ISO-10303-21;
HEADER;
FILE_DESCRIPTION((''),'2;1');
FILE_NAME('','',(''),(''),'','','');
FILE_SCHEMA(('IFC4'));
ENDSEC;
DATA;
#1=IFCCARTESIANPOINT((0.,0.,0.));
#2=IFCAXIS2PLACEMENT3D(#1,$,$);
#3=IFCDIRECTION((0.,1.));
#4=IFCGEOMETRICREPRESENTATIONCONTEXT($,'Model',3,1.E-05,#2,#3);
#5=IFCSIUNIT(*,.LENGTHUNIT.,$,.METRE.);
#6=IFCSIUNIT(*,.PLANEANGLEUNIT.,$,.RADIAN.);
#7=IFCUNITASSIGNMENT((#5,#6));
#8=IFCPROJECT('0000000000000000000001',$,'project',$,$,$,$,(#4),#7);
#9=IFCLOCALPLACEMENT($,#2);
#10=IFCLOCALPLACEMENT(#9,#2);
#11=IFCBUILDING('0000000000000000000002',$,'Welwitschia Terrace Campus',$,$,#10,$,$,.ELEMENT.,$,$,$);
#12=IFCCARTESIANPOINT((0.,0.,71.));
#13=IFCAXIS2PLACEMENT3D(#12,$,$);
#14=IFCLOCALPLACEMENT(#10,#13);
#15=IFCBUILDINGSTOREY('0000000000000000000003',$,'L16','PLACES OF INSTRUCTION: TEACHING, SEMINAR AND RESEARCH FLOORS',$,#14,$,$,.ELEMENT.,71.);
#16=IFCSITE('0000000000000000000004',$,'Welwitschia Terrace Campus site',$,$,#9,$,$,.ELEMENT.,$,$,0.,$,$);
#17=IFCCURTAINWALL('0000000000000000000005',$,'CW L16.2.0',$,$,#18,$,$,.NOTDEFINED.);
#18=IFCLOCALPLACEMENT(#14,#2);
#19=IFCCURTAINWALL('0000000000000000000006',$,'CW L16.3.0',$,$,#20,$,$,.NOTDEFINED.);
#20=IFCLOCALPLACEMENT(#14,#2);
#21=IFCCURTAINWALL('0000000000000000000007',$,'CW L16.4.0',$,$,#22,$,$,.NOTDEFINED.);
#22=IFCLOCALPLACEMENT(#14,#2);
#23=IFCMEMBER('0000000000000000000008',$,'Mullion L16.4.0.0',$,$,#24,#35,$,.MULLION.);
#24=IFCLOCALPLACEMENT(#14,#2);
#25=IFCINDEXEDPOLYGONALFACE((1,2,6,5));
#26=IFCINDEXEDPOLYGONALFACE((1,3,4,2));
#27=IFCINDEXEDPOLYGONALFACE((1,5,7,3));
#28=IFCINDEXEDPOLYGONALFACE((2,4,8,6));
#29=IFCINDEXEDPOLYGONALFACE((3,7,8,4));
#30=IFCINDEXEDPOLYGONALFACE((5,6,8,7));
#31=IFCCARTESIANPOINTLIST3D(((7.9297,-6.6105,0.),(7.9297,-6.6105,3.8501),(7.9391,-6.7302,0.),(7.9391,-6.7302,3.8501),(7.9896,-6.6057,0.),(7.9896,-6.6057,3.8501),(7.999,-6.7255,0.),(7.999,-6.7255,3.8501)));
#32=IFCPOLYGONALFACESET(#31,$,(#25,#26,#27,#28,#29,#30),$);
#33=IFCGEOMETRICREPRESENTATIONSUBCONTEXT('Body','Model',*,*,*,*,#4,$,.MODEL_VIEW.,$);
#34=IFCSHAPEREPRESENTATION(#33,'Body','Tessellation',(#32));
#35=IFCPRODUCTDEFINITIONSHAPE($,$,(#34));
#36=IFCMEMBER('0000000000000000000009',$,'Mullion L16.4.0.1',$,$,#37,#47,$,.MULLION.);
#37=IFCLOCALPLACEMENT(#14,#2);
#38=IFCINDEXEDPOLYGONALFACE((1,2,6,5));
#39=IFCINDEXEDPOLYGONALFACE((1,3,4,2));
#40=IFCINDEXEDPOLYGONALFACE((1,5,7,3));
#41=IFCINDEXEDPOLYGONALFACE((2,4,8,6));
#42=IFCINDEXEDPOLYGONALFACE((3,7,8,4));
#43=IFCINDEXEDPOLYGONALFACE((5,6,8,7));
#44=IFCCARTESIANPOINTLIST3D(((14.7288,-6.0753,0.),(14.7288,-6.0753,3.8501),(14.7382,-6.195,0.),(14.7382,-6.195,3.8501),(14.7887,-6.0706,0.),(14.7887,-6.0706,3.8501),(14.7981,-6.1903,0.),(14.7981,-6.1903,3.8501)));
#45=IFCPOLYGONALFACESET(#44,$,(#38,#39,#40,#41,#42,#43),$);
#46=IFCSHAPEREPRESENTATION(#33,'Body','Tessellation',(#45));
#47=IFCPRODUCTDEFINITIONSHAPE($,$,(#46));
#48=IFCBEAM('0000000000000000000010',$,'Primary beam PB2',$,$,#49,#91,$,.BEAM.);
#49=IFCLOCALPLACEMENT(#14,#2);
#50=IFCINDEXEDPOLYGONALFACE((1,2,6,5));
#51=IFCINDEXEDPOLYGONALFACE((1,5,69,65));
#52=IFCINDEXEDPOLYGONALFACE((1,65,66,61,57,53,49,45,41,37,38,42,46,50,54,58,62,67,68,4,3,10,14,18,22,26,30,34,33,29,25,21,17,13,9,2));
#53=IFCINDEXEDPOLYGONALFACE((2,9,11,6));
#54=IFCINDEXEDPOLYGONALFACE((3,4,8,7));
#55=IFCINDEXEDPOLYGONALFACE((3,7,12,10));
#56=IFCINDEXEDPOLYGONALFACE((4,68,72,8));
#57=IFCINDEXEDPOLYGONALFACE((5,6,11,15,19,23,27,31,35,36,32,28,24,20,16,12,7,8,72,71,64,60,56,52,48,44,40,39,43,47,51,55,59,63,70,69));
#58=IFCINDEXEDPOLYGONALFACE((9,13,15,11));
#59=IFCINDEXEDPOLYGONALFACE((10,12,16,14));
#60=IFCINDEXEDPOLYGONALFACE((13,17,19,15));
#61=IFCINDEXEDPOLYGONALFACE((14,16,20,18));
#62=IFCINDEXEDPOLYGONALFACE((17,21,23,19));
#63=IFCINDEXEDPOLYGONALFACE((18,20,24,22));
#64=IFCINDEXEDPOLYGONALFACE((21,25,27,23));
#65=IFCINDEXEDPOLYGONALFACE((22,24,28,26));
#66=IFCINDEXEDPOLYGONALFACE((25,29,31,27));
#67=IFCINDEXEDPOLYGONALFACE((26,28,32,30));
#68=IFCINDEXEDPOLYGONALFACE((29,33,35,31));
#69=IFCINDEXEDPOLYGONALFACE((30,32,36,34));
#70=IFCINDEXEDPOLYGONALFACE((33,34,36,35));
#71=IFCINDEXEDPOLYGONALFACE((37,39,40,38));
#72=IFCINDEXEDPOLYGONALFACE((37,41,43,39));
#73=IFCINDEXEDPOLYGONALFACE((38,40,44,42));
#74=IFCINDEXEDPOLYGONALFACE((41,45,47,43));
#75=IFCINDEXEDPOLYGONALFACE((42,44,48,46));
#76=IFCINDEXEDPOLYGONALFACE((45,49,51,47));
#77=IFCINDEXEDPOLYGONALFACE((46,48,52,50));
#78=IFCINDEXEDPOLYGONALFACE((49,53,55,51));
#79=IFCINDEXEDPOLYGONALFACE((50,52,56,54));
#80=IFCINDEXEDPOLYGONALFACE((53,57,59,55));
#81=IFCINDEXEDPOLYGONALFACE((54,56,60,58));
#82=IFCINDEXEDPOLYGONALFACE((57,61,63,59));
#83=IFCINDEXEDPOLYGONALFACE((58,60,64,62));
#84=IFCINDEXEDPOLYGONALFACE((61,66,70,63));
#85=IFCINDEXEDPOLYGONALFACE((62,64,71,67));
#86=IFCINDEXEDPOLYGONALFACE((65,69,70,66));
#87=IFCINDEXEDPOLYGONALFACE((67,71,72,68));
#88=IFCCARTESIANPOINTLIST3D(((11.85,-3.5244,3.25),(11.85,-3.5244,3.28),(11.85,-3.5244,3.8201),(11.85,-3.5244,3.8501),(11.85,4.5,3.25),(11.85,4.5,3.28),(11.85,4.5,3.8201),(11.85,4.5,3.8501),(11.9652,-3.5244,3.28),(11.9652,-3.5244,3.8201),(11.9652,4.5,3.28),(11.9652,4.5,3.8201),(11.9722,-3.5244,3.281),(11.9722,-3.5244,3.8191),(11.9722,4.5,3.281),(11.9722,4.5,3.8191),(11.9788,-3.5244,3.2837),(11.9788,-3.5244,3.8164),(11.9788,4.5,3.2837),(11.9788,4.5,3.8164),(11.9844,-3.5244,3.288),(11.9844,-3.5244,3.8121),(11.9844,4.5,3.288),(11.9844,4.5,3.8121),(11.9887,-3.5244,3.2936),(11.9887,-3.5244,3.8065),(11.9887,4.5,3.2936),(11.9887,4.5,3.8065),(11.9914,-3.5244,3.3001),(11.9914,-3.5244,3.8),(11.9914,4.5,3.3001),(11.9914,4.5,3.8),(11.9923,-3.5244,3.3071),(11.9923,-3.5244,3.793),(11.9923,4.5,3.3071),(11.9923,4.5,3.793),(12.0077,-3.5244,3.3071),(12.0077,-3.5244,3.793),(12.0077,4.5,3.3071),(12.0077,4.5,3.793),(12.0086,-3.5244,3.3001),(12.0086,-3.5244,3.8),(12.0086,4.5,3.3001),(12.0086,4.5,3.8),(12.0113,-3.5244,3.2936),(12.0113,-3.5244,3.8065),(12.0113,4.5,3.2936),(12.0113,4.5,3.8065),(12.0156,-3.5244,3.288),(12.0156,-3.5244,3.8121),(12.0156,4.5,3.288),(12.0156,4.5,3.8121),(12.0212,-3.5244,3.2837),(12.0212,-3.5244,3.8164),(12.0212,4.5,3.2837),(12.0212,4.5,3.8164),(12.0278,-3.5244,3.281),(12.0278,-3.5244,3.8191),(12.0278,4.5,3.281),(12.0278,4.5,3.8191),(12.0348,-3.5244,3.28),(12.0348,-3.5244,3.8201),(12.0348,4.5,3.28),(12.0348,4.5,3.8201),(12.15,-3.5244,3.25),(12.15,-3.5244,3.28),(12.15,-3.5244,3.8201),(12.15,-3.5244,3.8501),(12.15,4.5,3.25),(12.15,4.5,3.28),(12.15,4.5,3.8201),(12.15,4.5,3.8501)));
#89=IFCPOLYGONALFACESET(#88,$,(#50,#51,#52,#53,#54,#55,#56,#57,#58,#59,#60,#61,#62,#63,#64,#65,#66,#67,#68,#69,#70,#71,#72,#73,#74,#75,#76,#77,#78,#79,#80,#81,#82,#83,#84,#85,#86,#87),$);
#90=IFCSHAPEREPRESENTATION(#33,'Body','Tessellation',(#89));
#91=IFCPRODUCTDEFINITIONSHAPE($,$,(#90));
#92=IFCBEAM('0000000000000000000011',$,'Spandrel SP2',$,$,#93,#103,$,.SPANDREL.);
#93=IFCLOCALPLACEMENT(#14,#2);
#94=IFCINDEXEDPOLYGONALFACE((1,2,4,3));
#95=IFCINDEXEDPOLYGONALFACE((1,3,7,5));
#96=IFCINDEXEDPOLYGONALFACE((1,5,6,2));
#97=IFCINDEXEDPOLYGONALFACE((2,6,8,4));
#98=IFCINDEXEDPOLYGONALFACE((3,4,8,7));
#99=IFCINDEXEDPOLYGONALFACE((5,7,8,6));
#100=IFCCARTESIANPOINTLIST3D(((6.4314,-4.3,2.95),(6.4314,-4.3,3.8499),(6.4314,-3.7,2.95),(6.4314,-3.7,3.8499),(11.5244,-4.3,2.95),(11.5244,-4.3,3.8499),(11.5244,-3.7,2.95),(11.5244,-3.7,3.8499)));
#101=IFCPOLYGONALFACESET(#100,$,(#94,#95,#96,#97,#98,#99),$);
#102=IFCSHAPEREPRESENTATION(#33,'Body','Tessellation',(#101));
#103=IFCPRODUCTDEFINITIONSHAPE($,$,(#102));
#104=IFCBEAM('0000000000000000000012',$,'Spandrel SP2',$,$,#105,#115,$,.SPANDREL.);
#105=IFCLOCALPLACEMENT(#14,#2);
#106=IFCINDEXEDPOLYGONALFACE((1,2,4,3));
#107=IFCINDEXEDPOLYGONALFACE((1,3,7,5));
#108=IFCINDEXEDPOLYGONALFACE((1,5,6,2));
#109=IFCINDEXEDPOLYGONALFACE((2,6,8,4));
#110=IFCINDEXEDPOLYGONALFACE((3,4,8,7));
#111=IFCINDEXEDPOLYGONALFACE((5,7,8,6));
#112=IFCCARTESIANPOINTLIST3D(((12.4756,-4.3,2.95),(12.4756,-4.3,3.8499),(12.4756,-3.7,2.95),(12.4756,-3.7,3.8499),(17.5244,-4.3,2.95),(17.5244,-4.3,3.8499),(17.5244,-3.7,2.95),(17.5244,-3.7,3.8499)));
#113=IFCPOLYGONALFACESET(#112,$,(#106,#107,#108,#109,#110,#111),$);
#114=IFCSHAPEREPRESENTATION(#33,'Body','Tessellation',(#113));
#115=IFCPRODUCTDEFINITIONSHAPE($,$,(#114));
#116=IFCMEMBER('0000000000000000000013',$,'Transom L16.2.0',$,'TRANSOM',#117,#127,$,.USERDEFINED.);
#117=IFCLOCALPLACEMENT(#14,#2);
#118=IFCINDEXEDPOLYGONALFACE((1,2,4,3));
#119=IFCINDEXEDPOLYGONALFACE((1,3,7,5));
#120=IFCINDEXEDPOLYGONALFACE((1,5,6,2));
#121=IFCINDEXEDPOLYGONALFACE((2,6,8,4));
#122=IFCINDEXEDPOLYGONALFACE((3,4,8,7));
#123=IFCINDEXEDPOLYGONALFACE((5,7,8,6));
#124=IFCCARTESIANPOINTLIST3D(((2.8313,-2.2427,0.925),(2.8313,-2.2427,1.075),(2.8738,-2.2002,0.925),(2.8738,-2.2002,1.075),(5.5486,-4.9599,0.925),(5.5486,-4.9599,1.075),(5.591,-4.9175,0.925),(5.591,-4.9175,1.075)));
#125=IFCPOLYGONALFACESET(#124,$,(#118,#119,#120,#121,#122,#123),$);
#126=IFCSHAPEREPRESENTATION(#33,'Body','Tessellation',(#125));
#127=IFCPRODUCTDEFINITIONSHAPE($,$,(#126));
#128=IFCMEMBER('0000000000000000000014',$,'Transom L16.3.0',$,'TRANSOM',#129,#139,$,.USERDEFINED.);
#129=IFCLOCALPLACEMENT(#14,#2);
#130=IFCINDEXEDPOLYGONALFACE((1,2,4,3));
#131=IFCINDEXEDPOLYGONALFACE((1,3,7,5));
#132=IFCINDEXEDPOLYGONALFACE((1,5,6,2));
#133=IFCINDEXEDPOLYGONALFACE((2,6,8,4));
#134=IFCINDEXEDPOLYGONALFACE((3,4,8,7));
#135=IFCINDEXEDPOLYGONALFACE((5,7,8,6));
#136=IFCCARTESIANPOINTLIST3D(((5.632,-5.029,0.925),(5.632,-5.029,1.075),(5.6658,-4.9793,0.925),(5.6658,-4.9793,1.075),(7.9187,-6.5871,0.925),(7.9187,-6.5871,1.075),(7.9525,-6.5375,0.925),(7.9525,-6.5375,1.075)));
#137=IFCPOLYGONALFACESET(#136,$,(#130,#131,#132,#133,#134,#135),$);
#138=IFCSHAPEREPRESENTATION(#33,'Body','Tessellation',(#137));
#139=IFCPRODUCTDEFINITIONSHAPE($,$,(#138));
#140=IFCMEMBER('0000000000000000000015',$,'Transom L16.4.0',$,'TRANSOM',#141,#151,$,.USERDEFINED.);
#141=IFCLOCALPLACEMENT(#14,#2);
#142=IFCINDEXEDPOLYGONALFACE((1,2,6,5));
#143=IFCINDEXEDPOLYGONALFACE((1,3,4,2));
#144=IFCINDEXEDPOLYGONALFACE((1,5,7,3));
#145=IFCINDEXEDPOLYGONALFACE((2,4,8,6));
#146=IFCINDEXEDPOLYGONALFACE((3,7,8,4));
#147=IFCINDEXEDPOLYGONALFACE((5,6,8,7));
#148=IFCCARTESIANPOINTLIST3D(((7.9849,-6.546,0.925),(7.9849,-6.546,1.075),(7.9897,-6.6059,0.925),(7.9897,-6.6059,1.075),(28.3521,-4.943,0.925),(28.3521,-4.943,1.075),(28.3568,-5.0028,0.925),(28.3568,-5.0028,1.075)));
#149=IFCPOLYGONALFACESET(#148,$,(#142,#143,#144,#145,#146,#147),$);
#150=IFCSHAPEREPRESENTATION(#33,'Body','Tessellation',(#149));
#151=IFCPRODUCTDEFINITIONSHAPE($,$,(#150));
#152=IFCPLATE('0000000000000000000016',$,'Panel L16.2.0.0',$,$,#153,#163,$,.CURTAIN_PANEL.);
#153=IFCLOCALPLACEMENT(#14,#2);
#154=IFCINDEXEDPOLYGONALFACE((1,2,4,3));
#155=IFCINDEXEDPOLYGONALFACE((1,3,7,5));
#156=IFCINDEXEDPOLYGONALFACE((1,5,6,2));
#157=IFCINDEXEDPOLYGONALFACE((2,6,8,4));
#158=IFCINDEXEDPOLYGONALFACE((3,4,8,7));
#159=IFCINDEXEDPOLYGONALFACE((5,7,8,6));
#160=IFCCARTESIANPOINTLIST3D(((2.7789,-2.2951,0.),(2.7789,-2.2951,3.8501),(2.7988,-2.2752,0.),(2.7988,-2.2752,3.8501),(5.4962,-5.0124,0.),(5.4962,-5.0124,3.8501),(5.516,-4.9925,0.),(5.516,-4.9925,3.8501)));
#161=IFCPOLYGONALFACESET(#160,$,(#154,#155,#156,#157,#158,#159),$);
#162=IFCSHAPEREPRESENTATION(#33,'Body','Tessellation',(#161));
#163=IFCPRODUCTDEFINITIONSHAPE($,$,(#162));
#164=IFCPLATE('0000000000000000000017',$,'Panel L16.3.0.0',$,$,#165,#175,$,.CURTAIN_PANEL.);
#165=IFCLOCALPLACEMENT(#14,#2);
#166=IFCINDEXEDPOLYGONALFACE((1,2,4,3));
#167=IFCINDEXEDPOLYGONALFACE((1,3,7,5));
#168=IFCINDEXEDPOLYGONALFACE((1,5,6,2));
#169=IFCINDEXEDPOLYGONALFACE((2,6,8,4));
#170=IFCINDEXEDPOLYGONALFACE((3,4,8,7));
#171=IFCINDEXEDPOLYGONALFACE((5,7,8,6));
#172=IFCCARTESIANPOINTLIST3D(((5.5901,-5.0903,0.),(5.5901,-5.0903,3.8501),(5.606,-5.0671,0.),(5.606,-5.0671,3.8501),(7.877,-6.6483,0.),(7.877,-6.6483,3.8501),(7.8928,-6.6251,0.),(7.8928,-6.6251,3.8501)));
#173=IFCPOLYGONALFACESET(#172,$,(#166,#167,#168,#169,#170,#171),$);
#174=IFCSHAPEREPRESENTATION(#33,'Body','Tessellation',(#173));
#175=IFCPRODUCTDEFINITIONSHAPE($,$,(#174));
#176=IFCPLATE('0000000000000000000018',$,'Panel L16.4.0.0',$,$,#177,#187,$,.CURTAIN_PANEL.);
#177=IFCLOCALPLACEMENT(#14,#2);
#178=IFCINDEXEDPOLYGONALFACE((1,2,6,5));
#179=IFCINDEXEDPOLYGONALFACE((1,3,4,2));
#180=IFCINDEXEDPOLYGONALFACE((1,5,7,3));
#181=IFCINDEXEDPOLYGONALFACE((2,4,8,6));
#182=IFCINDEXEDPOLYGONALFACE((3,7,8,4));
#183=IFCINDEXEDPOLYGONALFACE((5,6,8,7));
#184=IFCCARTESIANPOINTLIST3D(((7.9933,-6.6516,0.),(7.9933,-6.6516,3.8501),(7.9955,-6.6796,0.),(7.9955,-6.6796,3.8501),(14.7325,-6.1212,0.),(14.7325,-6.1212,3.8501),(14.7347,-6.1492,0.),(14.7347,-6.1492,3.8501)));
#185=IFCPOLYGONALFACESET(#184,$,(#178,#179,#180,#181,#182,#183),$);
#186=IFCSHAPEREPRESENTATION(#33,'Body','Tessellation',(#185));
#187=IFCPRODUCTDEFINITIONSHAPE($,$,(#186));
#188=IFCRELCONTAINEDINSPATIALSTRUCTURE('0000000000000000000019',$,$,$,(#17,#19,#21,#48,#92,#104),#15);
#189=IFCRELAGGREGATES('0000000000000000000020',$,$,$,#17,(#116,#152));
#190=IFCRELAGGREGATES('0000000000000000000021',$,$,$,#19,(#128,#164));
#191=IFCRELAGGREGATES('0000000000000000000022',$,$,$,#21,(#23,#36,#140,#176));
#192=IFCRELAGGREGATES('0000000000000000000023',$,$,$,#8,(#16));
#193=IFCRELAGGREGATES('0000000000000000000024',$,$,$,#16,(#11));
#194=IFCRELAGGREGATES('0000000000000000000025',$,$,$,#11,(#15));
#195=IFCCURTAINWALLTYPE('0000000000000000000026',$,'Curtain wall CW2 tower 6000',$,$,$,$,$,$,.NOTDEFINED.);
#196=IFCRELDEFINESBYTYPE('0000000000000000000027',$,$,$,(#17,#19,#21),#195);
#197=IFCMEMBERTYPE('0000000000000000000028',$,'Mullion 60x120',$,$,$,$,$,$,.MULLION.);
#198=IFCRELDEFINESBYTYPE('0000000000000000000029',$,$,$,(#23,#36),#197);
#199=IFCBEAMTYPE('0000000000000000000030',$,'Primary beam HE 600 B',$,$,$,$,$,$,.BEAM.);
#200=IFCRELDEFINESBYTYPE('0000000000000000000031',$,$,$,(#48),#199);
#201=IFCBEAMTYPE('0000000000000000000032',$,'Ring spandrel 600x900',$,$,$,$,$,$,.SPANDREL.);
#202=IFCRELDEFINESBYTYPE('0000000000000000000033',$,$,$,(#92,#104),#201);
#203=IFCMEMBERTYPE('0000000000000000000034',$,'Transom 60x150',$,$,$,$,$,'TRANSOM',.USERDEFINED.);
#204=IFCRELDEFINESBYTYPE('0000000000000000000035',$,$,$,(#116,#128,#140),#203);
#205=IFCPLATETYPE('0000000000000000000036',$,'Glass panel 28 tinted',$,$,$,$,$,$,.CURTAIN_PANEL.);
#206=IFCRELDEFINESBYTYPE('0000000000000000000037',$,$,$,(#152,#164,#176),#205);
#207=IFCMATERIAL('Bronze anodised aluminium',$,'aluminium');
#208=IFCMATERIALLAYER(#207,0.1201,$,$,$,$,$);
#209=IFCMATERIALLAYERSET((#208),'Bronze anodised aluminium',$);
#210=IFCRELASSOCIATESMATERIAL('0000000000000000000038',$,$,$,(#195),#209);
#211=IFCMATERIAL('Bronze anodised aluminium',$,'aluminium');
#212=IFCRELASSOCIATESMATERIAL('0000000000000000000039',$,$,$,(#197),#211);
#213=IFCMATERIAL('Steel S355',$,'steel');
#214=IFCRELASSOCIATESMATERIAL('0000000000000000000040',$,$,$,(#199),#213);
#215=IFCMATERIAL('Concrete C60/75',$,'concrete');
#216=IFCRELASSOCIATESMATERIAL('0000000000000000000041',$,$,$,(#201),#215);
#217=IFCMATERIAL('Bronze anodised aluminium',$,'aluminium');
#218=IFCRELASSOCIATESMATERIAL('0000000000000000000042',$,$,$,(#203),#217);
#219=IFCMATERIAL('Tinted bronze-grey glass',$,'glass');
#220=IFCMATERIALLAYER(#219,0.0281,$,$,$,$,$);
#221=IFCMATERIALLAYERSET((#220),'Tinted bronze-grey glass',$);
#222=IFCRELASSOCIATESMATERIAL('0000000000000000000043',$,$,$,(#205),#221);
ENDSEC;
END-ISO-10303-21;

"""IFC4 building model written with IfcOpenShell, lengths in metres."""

from ifc_helpers import new_model, si_unit, direction, frame, origin, origin_2d, place, context, subcontext, project, spatial, rectangle, i_section, extrude, material, layer, layer_set, material_profile, profile_set, type_object, element, aggregate, save


model = new_model("IFC4")

# Units and contexts
model_context = context("Model", 3, precision=1e-05, world=origin(), true_north=direction((0.0, 1.0)))
body_context = subcontext(model_context, "Body", "Model", "MODEL_VIEW")
ifc_project = project(units=[si_unit("LENGTHUNIT", "METRE"), si_unit("PLANEANGLEUNIT", "RADIAN")], contexts=[model_context])

# Site, building, storey
site_placement = place(None, origin())
site = spatial("IfcSite", under=ifc_project, at=site_placement, Name="Welwitschia Terrace Campus site", CompositionType="ELEMENT", RefElevation=0.0)
building_placement = place(site_placement, origin())
building = spatial("IfcBuilding", under=site, at=building_placement, Name="Welwitschia Terrace Campus", CompositionType="ELEMENT")
storey_placement = place(building_placement, frame((0.0, 0.0, 71.0)))
storey = spatial("IfcBuildingStorey", under=building, at=storey_placement, Name="L16", Description="PLACES OF INSTRUCTION: TEACHING, SEMINAR AND RESEARCH FLOORS", CompositionType="ELEMENT", Elevation=71.0)

# Shared definitions
ifc_material_1 = material(Name="Bronze anodised aluminium", Category="aluminium")
ifc_layer_1 = layer(ifc_material_1, 0.1201)
ifc_layer_set_1 = layer_set([ifc_layer_1], Name="Bronze anodised aluminium")
curtain_wall_type = type_object("IfcCurtainWallType", Name="Curtain wall CW2 tower 6000", PredefinedType="NOTDEFINED", material=ifc_layer_set_1)
ifc_material_2 = material(Name="Bronze anodised aluminium", Category="aluminium")
ifc_material_profile_1 = material_profile(ifc_material_2, rectangle(XDim=0.1201, YDim=0.0601, at=origin_2d()))
ifc_profile_set_1 = profile_set([ifc_material_profile_1], Name="Bronze anodised aluminium")
member_type_1 = type_object("IfcMemberType", Name="Mullion 60x120", PredefinedType="MULLION", material=ifc_profile_set_1)

# Curtain walls, members
curtain_wall_1_placement = place(storey_placement, origin())
curtain_wall_1 = element("IfcCurtainWall", 1, at=curtain_wall_1_placement, inside=storey, type_object=curtain_wall_type, Name="CW L16.2.0", PredefinedType="NOTDEFINED")
curtain_wall_2_placement = place(storey_placement, origin())
curtain_wall_2 = element("IfcCurtainWall", 2, at=curtain_wall_2_placement, inside=storey, type_object=curtain_wall_type, Name="CW L16.3.0", PredefinedType="NOTDEFINED")
curtain_wall_3_placement = place(storey_placement, origin())
curtain_wall_3 = element("IfcCurtainWall", 3, at=curtain_wall_3_placement, inside=storey, type_object=curtain_wall_type, Name="CW L16.4.0", PredefinedType="NOTDEFINED")
member_1_placement = place(storey_placement, frame((7.9644, -6.668, 0.0), z_axis=(0.0, 0.0, 1.0), x_axis=(-0.078459, 0.996917, 0.0)))
member_1 = element("IfcMember", 4, at=member_1_placement, type_object=member_type_1, Name="Mullion L16.4.0.0", PredefinedType="MULLION", context=body_context, shape_type="SweptSolid", body=[
    extrude(rectangle(XDim=0.1201, YDim=0.0601, at=origin_2d()), origin(), (0.0, 0.0, 1.0), 3.8501),
])
member_2_placement = place(storey_placement, frame((14.7634, -6.1328, 0.0), z_axis=(0.0, 0.0, 1.0), x_axis=(-0.078459, 0.996917, 0.0)))
member_2 = element("IfcMember", 5, at=member_2_placement, type_object=member_type_1, Name="Mullion L16.4.0.1", PredefinedType="MULLION", context=body_context, shape_type="SweptSolid", body=[
    extrude(rectangle(XDim=0.1201, YDim=0.0601, at=origin_2d()), origin(), (0.0, 0.0, 1.0), 3.8501),
])

# Beams
ifc_material_3 = material(Name="Steel S355", Category="steel")
ifc_material_profile_2 = material_profile(ifc_material_3, i_section(OverallWidth=0.3, OverallDepth=0.6001, WebThickness=0.0154, FlangeThickness=0.03, FilletRadius=0.0271, at=origin_2d()))
ifc_profile_set_2 = profile_set([ifc_material_profile_2], Name="Steel S355")
beam_type_1 = type_object("IfcBeamType", Name="Primary beam HE 600 B", PredefinedType="BEAM", material=ifc_profile_set_2)
beam_1_placement = place(storey_placement, frame((12.0, -3.5244, 3.55), z_axis=(0.0, 1.0, 0.0), x_axis=(-1.0, 0.0, 0.0)))
element("IfcBeam", 6, at=beam_1_placement, inside=storey, type_object=beam_type_1, Name="Primary beam PB2", PredefinedType="BEAM", context=body_context, shape_type="SweptSolid", body=[
    extrude(i_section(OverallWidth=0.3, OverallDepth=0.6001, WebThickness=0.0154, FlangeThickness=0.03, FilletRadius=0.0271, at=origin_2d()), origin(), (0.0, 0.0, 1.0), 8.0244),
])
ifc_material_4 = material(Name="Concrete C60/75", Category="concrete")
ifc_material_profile_3 = material_profile(ifc_material_4, rectangle(XDim=0.6001, YDim=0.8999, at=origin_2d()))
ifc_profile_set_3 = profile_set([ifc_material_profile_3], Name="Concrete C60/75")
beam_type_2 = type_object("IfcBeamType", Name="Ring spandrel 600x900", PredefinedType="SPANDREL", material=ifc_profile_set_3)
beam_2_placement = place(storey_placement, frame((6.4314, -4.0, 3.3999), z_axis=(1.0, 0.0, 0.0), x_axis=(0.0, 1.0, 0.0)))
element("IfcBeam", 7, at=beam_2_placement, inside=storey, type_object=beam_type_2, Name="Spandrel SP2", PredefinedType="SPANDREL", context=body_context, shape_type="SweptSolid", body=[
    extrude(rectangle(XDim=0.6001, YDim=0.8999, at=origin_2d()), origin(), (0.0, 0.0, 1.0), 5.093),
])
beam_3_placement = place(storey_placement, frame((12.4756, -4.0, 3.3999), z_axis=(1.0, 0.0, 0.0), x_axis=(0.0, 1.0, 0.0)))
element("IfcBeam", 8, at=beam_3_placement, inside=storey, type_object=beam_type_2, Name="Spandrel SP2", PredefinedType="SPANDREL", context=body_context, shape_type="SweptSolid", body=[
    extrude(rectangle(XDim=0.6001, YDim=0.8999, at=origin_2d()), origin(), (0.0, 0.0, 1.0), 5.0488),
])

# Members
ifc_material_5 = material(Name="Bronze anodised aluminium", Category="aluminium")
ifc_material_profile_4 = material_profile(ifc_material_5, rectangle(XDim=0.0601, YDim=0.1499, at=origin_2d()))
ifc_profile_set_4 = profile_set([ifc_material_profile_4], Name="Bronze anodised aluminium")
member_type_2 = type_object("IfcMemberType", Name="Transom 60x150", ElementType="TRANSOM", PredefinedType="USERDEFINED", material=ifc_profile_set_4)
member_3_placement = place(storey_placement, frame((2.8525, -2.2214, 1.0), z_axis=(0.707107, -0.707107, 0.0), x_axis=(0.707107, 0.707107, 0.0)))
member_3 = element("IfcMember", 9, at=member_3_placement, type_object=member_type_2, Name="Transom L16.2.0", ObjectType="TRANSOM", PredefinedType="USERDEFINED", context=body_context, shape_type="SweptSolid", body=[
    extrude(rectangle(XDim=0.0601, YDim=0.1499, at=origin_2d()), origin(), (0.0, 0.0, 1.0), 3.8428),
])
member_4_placement = place(storey_placement, frame((5.6489, -5.0042, 1.0), z_axis=(0.826388, -0.563101, 0.0), x_axis=(0.563101, 0.826388, 0.0)))
member_4 = element("IfcMember", 10, at=member_4_placement, type_object=member_type_2, Name="Transom L16.3.0", ObjectType="TRANSOM", PredefinedType="USERDEFINED", context=body_context, shape_type="SweptSolid", body=[
    extrude(rectangle(XDim=0.0601, YDim=0.1499, at=origin_2d()), origin(), (0.0, 0.0, 1.0), 2.7671),
])
member_5_placement = place(storey_placement, frame((7.9873, -6.5759, 1.0), z_axis=(0.996917, 0.078464, 0.0), x_axis=(-0.078464, 0.996917, 0.0)))
member_5 = element("IfcMember", 11, at=member_5_placement, type_object=member_type_2, Name="Transom L16.4.0", ObjectType="TRANSOM", PredefinedType="USERDEFINED", context=body_context, shape_type="SweptSolid", body=[
    extrude(rectangle(XDim=0.0601, YDim=0.1499, at=origin_2d()), origin(), (0.0, 0.0, 1.0), 20.4302),
])

# Plates
ifc_material_6 = material(Name="Tinted bronze-grey glass", Category="glass")
ifc_layer_2 = layer(ifc_material_6, 0.0281)
ifc_layer_set_2 = layer_set([ifc_layer_2], Name="Tinted bronze-grey glass")
plate_type = type_object("IfcPlateType", Name="Glass panel 28 tinted", PredefinedType="CURTAIN_PANEL", material=ifc_layer_set_2)
plate_1_placement = place(storey_placement, frame((4.1475, -3.6438, 0.0), z_axis=(0.0, 0.0, 1.0), x_axis=(0.707107, -0.707107, 0.0)))
plate_1 = element("IfcPlate", 12, at=plate_1_placement, type_object=plate_type, Name="Panel L16.2.0.0", PredefinedType="CURTAIN_PANEL", context=body_context, shape_type="SweptSolid", body=[
    extrude(rectangle(XDim=3.8428, YDim=0.0281, at=origin_2d()), origin(), (0.0, 0.0, 1.0), 3.8501),
])
aggregate(curtain_wall_1, [member_3, plate_1])
plate_2_placement = place(storey_placement, frame((6.7415, -5.8577, 0.0), z_axis=(0.0, 0.0, 1.0), x_axis=(0.82643, -0.56304, 0.0)))
plate_2 = element("IfcPlate", 13, at=plate_2_placement, type_object=plate_type, Name="Panel L16.3.0.0", PredefinedType="CURTAIN_PANEL", context=body_context, shape_type="SweptSolid", body=[
    extrude(rectangle(XDim=2.7671, YDim=0.0281, at=origin_2d()), origin(), (0.0, 0.0, 1.0), 3.8501),
])
aggregate(curtain_wall_2, [member_4, plate_2])
plate_3_placement = place(storey_placement, frame((11.364, -6.4004, 0.0), z_axis=(0.0, 0.0, 1.0), x_axis=(0.996917, 0.078459, 0.0)))
plate_3 = element("IfcPlate", 14, at=plate_3_placement, type_object=plate_type, Name="Panel L16.4.0.0", PredefinedType="CURTAIN_PANEL", context=body_context, shape_type="SweptSolid", body=[
    extrude(rectangle(XDim=6.76, YDim=0.0281, at=origin_2d()), origin(), (0.0, 0.0, 1.0), 3.8501),
])
aggregate(curtain_wall_3, [member_1, member_2, member_5, plate_3])

save(model, "model.ifc")
